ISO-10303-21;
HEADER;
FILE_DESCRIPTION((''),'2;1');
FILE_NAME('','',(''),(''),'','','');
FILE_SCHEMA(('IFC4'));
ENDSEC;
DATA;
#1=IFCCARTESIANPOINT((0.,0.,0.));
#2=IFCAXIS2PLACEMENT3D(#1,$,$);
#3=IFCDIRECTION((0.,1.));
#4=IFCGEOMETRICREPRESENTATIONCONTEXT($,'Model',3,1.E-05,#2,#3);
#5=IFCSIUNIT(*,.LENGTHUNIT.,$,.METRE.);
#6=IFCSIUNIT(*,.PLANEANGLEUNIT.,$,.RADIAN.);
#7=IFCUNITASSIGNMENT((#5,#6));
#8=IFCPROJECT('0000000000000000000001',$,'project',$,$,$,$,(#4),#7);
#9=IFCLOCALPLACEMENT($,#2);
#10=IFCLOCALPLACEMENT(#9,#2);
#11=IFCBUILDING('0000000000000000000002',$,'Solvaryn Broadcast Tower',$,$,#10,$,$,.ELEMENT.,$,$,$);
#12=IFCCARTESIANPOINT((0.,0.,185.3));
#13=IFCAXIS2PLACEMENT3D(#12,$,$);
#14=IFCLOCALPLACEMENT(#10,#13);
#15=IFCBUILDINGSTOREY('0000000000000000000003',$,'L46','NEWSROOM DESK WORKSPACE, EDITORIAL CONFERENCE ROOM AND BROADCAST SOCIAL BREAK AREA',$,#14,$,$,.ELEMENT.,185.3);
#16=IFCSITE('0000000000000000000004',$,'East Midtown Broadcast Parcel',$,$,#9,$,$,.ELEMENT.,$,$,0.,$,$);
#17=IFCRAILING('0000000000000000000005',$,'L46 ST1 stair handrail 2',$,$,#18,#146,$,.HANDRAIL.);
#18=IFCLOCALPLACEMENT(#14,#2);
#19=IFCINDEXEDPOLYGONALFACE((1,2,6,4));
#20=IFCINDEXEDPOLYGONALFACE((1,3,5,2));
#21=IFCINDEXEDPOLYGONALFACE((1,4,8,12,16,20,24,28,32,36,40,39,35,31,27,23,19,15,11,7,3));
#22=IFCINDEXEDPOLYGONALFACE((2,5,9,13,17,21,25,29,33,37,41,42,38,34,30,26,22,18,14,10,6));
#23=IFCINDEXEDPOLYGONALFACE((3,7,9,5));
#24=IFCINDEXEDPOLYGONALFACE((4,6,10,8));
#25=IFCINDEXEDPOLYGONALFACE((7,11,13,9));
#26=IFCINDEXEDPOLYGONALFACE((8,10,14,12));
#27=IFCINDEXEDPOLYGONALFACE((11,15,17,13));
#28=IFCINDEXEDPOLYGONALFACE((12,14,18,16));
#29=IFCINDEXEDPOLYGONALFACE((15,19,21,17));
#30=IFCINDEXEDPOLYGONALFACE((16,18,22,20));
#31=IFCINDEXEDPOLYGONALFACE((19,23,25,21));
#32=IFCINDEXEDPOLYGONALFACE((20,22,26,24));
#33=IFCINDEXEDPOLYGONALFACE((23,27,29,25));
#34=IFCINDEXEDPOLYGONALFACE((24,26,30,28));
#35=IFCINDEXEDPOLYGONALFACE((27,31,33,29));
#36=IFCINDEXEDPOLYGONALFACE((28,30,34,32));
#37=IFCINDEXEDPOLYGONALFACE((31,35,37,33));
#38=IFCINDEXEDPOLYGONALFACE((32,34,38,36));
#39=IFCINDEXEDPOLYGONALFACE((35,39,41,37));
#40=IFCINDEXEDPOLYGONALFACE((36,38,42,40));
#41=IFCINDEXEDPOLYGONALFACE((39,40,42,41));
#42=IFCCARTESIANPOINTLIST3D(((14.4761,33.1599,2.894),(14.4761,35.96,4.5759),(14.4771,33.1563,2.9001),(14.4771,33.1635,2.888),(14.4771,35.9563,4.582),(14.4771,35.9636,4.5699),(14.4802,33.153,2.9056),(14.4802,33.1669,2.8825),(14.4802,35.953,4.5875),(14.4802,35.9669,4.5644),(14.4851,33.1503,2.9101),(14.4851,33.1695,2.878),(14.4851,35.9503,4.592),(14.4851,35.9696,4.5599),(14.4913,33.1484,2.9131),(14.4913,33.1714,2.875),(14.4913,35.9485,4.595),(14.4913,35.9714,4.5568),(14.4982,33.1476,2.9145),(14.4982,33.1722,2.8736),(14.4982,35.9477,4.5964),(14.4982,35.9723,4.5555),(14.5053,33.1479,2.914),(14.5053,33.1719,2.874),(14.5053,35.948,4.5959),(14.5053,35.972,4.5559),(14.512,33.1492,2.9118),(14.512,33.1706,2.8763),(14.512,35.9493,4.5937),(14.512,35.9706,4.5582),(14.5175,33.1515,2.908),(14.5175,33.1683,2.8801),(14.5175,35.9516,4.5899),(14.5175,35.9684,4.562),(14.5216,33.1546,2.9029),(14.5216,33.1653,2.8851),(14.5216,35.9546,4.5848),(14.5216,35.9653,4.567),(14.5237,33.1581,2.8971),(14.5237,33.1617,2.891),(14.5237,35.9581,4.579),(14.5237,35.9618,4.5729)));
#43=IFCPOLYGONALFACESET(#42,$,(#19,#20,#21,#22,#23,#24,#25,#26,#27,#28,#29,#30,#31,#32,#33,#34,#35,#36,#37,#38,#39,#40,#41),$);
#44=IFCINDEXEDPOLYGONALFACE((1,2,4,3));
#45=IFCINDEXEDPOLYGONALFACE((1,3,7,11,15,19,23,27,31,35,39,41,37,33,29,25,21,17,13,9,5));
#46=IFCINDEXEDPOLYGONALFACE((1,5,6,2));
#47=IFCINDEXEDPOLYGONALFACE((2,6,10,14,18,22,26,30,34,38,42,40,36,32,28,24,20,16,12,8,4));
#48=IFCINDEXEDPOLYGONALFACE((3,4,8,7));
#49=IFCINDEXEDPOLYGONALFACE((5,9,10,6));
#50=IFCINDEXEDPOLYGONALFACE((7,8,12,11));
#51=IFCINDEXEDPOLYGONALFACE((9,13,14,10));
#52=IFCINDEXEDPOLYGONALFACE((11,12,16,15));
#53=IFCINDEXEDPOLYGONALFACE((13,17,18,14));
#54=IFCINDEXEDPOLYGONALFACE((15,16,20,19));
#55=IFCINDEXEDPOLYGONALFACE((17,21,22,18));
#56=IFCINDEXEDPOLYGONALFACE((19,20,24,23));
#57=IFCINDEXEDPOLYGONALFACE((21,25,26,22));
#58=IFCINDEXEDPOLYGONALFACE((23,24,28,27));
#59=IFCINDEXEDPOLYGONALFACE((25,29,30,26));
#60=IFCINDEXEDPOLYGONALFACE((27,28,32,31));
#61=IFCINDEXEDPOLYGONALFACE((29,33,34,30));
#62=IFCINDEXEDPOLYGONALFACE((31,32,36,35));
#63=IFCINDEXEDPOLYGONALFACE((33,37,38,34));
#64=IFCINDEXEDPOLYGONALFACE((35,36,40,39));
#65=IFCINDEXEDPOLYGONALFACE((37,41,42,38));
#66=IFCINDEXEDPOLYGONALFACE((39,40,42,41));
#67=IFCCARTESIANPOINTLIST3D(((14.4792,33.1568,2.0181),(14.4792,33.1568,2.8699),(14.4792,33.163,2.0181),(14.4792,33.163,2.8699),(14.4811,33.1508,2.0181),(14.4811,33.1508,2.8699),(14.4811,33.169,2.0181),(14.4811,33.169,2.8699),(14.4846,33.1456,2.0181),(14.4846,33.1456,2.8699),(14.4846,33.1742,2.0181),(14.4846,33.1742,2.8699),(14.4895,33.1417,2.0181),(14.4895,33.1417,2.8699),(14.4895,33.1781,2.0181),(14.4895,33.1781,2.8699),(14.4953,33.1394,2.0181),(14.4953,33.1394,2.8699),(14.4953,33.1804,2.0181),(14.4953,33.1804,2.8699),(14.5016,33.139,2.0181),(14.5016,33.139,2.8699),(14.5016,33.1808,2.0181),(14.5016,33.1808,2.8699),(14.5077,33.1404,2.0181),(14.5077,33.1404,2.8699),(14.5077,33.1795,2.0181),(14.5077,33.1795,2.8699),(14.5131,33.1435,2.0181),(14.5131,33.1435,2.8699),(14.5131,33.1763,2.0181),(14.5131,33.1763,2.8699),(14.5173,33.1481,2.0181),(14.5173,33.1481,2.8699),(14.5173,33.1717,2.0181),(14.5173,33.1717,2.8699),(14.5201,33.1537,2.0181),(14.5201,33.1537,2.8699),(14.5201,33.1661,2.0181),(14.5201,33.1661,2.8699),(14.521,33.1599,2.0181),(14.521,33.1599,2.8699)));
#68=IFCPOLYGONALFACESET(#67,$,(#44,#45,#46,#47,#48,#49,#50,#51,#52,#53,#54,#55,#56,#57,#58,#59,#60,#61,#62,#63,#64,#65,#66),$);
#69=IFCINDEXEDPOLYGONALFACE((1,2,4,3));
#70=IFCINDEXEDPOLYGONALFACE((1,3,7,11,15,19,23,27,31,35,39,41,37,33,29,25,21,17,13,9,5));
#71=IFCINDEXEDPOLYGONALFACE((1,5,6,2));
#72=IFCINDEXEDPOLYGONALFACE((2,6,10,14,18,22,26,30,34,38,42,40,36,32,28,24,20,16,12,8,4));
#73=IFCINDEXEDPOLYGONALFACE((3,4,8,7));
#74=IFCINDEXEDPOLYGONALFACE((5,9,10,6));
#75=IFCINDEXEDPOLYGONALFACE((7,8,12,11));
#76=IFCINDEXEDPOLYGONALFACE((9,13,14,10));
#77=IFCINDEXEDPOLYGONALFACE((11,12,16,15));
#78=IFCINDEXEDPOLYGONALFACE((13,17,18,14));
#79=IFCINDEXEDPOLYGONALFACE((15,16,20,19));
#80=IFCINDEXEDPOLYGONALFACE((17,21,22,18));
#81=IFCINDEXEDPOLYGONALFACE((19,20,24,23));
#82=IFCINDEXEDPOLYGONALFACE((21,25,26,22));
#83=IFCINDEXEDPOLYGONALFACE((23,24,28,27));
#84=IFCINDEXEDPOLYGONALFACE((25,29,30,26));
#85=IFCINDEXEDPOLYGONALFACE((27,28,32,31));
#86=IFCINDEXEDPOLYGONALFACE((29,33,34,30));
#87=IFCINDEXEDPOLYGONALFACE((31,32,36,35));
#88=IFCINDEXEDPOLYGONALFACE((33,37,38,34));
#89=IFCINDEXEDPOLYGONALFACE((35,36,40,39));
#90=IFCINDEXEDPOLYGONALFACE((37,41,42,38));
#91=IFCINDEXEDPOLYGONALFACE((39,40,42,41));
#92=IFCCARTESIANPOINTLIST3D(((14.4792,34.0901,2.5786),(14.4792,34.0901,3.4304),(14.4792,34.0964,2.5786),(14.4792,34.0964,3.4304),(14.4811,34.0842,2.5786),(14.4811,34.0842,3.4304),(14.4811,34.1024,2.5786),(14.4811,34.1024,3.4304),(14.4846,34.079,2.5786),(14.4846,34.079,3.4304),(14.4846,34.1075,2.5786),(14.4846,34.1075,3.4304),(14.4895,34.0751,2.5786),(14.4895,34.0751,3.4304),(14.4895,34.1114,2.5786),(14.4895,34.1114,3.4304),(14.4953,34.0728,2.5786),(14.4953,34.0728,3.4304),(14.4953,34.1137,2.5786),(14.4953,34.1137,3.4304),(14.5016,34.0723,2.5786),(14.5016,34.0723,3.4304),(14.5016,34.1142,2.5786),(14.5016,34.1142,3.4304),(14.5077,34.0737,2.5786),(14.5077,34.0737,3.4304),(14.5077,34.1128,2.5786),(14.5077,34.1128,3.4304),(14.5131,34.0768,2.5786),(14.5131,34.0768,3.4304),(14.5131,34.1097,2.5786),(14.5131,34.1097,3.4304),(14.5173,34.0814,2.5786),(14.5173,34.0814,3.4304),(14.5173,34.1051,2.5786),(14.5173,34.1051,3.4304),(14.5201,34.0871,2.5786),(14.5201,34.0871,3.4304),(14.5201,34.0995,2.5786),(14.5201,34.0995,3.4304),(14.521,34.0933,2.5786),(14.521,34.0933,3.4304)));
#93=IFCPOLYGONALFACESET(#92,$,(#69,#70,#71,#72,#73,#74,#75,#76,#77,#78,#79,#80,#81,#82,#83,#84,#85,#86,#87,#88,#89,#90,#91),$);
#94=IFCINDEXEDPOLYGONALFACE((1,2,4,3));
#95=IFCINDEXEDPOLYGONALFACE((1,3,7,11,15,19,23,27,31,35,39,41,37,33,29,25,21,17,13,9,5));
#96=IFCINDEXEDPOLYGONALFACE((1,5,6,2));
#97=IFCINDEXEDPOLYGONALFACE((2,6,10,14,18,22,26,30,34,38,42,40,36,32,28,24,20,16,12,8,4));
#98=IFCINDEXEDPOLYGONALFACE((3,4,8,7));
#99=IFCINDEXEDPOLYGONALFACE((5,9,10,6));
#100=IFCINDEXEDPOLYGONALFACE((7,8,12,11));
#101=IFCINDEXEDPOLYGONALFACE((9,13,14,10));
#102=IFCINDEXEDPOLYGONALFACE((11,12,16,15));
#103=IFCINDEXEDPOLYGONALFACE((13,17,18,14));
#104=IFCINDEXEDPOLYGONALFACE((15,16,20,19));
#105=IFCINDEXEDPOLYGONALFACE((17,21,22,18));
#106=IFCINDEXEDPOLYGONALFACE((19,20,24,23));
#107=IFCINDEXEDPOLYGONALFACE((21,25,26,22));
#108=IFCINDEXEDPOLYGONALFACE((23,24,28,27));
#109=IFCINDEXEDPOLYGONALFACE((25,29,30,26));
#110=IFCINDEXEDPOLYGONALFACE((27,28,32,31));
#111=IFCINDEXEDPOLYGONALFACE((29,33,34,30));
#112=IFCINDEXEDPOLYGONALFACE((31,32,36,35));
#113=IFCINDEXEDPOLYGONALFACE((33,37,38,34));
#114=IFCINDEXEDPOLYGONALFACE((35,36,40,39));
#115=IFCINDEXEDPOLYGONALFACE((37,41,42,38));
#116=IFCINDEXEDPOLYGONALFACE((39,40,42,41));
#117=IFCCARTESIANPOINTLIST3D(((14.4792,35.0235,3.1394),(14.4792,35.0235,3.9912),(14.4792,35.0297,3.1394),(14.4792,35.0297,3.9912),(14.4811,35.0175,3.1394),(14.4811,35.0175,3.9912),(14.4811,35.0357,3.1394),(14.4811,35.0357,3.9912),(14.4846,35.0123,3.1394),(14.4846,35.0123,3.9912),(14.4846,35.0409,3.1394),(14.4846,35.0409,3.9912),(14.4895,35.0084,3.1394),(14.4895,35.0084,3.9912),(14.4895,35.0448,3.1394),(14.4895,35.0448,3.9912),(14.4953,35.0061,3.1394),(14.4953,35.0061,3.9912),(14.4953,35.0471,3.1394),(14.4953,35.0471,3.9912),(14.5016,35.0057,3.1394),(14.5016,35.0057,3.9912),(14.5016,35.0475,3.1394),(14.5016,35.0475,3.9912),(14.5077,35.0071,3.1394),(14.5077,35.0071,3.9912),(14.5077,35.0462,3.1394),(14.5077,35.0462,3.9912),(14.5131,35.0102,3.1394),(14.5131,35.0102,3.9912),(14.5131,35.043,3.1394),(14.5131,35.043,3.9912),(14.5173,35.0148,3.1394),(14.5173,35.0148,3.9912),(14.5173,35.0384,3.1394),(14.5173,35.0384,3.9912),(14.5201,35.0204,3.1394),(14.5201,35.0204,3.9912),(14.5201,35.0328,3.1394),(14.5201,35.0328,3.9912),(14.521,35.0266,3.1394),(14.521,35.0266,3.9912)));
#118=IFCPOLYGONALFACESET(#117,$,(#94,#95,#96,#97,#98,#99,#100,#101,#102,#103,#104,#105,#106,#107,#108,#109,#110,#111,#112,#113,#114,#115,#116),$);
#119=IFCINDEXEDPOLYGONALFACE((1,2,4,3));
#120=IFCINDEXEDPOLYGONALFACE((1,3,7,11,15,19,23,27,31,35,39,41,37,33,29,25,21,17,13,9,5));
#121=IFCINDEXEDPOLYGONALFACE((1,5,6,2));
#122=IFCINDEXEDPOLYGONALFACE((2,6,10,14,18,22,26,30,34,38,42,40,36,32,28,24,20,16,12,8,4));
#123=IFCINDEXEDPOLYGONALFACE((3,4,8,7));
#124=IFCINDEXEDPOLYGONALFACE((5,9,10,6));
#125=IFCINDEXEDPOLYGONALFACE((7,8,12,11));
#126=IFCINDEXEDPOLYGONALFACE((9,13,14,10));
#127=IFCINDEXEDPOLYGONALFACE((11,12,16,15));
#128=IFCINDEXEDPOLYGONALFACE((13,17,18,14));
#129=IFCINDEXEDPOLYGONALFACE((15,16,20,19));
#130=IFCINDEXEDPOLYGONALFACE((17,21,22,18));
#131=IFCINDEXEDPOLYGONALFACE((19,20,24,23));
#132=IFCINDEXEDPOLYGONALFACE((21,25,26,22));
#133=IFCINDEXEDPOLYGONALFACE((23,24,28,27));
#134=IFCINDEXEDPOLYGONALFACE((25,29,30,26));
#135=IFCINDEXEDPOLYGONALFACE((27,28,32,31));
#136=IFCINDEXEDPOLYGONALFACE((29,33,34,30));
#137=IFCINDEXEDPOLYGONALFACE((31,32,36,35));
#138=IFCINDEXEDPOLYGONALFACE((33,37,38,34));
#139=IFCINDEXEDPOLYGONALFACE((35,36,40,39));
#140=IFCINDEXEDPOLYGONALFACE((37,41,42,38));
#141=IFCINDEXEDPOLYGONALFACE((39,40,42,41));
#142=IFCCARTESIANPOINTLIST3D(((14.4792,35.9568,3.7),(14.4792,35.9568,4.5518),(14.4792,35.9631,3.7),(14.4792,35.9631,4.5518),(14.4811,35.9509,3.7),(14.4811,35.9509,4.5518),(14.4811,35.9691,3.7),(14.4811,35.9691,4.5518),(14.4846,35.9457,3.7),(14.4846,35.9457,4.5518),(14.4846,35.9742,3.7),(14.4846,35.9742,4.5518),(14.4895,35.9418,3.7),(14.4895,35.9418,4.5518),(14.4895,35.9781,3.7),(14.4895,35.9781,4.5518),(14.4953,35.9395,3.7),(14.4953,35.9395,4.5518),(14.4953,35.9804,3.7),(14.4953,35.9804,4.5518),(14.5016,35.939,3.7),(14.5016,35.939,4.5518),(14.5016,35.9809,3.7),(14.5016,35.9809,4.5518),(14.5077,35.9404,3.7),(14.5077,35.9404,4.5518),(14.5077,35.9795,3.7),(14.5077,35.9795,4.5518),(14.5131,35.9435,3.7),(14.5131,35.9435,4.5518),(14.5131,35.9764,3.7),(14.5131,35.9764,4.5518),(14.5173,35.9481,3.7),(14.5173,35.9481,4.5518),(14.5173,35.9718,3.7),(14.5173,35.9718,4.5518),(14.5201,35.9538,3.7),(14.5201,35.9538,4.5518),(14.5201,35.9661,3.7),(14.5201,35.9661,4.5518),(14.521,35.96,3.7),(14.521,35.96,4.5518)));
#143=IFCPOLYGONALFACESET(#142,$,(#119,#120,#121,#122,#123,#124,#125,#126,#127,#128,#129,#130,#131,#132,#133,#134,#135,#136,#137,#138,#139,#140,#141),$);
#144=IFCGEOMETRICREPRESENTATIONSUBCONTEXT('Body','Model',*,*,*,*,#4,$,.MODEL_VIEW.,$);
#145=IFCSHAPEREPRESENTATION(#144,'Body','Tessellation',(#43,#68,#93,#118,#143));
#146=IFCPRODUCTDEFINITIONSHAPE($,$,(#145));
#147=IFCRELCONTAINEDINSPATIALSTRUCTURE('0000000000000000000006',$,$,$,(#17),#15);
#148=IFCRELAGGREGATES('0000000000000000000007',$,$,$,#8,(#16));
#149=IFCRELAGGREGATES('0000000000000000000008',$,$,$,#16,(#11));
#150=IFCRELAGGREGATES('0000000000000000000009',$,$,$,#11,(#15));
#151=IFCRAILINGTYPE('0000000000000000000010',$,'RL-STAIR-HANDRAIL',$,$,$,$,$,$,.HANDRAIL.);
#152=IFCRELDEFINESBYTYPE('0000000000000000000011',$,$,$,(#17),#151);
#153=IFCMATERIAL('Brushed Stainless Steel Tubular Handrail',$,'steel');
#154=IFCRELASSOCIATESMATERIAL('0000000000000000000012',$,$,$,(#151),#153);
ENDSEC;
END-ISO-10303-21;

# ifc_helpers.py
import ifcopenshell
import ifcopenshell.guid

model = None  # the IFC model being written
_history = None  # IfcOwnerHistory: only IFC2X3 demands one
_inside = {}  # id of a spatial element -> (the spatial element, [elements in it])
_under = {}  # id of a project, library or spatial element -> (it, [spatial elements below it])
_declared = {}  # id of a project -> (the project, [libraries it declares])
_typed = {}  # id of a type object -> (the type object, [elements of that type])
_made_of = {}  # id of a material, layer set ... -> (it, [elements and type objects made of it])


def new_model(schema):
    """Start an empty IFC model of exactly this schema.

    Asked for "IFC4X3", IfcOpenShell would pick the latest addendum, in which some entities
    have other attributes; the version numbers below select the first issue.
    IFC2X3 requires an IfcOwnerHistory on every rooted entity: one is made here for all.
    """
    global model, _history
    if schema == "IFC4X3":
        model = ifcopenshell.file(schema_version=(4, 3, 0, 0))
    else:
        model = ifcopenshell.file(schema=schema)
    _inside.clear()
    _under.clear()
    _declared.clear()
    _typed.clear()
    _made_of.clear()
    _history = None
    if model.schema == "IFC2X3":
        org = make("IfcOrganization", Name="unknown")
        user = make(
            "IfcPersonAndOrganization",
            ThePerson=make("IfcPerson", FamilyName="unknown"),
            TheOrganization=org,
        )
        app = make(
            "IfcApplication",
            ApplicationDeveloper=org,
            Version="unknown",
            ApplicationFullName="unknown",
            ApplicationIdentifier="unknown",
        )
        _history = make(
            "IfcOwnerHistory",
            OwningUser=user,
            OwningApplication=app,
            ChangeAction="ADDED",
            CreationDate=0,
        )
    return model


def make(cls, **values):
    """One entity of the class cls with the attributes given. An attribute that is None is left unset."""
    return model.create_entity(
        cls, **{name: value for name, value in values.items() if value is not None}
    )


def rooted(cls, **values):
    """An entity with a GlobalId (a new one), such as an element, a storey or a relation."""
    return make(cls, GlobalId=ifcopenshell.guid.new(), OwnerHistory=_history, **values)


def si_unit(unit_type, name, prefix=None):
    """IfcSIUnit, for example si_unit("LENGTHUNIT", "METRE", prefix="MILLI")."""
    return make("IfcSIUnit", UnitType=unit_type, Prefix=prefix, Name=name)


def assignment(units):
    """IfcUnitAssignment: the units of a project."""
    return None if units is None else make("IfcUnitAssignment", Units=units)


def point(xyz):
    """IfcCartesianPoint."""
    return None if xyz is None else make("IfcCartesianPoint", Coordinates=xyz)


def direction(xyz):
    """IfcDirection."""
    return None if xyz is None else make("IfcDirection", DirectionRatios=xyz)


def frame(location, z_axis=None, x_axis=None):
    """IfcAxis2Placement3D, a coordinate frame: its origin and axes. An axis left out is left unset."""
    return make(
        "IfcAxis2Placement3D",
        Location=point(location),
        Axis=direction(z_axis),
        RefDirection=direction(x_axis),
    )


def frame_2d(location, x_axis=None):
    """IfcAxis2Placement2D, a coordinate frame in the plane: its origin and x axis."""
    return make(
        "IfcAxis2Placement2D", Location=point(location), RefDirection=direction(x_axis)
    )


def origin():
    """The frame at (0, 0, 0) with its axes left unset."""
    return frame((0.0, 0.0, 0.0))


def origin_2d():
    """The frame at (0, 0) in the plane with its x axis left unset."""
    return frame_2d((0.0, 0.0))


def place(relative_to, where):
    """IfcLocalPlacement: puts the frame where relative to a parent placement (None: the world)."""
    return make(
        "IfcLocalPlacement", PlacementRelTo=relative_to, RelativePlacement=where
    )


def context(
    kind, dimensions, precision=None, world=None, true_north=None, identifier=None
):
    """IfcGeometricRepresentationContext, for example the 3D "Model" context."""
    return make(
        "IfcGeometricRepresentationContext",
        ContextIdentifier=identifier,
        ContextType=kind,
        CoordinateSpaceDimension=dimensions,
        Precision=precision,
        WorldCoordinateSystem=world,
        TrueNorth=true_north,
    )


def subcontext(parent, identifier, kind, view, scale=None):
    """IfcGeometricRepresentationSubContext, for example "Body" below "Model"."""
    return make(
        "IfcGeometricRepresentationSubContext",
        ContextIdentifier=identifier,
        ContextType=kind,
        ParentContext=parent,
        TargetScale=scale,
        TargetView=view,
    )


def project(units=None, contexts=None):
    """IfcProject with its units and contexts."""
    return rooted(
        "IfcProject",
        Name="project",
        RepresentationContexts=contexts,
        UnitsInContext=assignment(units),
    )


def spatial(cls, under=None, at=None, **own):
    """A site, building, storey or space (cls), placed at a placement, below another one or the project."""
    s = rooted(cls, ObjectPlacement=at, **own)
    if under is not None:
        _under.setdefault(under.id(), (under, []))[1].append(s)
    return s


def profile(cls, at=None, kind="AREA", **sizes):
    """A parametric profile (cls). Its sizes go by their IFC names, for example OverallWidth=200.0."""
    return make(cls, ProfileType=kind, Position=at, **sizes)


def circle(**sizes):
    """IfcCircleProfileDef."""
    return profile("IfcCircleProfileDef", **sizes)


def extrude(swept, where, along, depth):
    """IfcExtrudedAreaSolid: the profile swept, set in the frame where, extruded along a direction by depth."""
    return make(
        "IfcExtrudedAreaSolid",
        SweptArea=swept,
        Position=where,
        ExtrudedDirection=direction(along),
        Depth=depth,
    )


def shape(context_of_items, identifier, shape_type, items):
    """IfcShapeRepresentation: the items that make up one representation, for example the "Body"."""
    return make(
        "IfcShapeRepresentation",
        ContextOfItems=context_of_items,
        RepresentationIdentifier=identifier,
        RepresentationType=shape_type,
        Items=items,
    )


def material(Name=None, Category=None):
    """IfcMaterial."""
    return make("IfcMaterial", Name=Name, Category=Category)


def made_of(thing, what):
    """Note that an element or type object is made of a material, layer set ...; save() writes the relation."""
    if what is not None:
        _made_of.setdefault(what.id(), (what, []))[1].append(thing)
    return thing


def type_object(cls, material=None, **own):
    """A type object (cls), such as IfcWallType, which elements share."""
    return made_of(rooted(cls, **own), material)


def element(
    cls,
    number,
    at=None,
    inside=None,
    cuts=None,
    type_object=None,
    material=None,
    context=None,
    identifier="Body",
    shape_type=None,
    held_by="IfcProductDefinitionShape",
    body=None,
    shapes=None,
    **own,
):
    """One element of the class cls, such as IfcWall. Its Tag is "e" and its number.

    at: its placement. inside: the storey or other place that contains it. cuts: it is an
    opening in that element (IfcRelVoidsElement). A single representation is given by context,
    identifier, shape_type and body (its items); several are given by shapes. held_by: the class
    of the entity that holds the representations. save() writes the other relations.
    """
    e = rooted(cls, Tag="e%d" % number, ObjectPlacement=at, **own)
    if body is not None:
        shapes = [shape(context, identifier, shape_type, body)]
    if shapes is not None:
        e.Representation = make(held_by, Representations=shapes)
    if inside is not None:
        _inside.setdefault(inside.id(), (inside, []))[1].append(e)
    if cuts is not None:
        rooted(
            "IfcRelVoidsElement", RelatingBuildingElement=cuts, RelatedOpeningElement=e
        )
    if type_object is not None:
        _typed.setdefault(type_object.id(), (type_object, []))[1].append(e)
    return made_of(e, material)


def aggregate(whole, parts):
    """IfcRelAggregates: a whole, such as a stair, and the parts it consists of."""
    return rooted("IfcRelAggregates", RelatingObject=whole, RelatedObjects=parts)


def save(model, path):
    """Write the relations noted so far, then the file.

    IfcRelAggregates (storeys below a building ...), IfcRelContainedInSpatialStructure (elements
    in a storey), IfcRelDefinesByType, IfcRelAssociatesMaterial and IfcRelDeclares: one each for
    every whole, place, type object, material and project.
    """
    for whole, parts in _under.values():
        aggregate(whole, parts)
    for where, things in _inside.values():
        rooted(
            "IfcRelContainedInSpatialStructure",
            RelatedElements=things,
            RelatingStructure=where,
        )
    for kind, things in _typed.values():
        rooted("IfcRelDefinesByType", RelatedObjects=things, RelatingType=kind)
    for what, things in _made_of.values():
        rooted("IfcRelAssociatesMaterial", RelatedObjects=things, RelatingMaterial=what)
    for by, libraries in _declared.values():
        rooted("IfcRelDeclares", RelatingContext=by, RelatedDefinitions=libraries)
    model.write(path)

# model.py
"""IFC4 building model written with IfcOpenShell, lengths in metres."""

from ifc_helpers import new_model, si_unit, direction, frame, origin, origin_2d, place, context, subcontext, project, spatial, circle, extrude, material, type_object, element, save


model = new_model("IFC4")

# Units and contexts
model_context = context("Model", 3, precision=1e-05, world=origin(), true_north=direction((0.0, 1.0)))
body_context = subcontext(model_context, "Body", "Model", "MODEL_VIEW")
ifc_project = project(units=[si_unit("LENGTHUNIT", "METRE"), si_unit("PLANEANGLEUNIT", "RADIAN")], contexts=[model_context])

# Site, building, storey
site_placement = place(None, origin())
site = spatial("IfcSite", under=ifc_project, at=site_placement, Name="East Midtown Broadcast Parcel", CompositionType="ELEMENT", RefElevation=0.0)
building_placement = place(site_placement, origin())
building = spatial("IfcBuilding", under=site, at=building_placement, Name="Solvaryn Broadcast Tower", CompositionType="ELEMENT")
storey_placement = place(building_placement, frame((0.0, 0.0, 185.3)))
storey = spatial("IfcBuildingStorey", under=building, at=storey_placement, Name="L46", Description="NEWSROOM DESK WORKSPACE, EDITORIAL CONFERENCE ROOM AND BROADCAST SOCIAL BREAK AREA", CompositionType="ELEMENT", Elevation=185.3)

# Railing
ifc_material_1 = material(Name="Brushed Stainless Steel Tubular Handrail", Category="steel")
railing_type_1 = type_object("IfcRailingType", Name="RL-STAIR-HANDRAIL", PredefinedType="HANDRAIL", material=ifc_material_1)
railing_1_placement = place(storey_placement, frame((14.5, 33.1599, 2.0181)))
element("IfcRailing", 1, at=railing_1_placement, inside=storey, type_object=railing_type_1, Name="L46 ST1 stair handrail 2", PredefinedType="HANDRAIL", context=body_context, shape_type="SweptSolid", body=[
    extrude(circle(Radius=0.0239, at=origin_2d()), frame((0.0, 0.0, 0.876), z_axis=(0.0, 0.857242, 0.514913), x_axis=(-1.0, 0.0, 0.0)), (0.0, 0.0, 1.0), 3.2664),
    extrude(circle(Radius=0.021, at=origin_2d()), origin(), (0.0, 0.0, 1.0), 0.8518),
    extrude(circle(Radius=0.021, at=origin_2d()), frame((0.0, 0.9333, 0.5605)), (0.0, 0.0, 1.0), 0.8518),
    extrude(circle(Radius=0.021, at=origin_2d()), frame((0.0, 1.8667, 1.1213)), (0.0, 0.0, 1.0), 0.8518),
    extrude(circle(Radius=0.021, at=origin_2d()), frame((0.0, 2.8, 1.6819)), (0.0, 0.0, 1.0), 0.8518),
])

save(model, "model.ifc")
